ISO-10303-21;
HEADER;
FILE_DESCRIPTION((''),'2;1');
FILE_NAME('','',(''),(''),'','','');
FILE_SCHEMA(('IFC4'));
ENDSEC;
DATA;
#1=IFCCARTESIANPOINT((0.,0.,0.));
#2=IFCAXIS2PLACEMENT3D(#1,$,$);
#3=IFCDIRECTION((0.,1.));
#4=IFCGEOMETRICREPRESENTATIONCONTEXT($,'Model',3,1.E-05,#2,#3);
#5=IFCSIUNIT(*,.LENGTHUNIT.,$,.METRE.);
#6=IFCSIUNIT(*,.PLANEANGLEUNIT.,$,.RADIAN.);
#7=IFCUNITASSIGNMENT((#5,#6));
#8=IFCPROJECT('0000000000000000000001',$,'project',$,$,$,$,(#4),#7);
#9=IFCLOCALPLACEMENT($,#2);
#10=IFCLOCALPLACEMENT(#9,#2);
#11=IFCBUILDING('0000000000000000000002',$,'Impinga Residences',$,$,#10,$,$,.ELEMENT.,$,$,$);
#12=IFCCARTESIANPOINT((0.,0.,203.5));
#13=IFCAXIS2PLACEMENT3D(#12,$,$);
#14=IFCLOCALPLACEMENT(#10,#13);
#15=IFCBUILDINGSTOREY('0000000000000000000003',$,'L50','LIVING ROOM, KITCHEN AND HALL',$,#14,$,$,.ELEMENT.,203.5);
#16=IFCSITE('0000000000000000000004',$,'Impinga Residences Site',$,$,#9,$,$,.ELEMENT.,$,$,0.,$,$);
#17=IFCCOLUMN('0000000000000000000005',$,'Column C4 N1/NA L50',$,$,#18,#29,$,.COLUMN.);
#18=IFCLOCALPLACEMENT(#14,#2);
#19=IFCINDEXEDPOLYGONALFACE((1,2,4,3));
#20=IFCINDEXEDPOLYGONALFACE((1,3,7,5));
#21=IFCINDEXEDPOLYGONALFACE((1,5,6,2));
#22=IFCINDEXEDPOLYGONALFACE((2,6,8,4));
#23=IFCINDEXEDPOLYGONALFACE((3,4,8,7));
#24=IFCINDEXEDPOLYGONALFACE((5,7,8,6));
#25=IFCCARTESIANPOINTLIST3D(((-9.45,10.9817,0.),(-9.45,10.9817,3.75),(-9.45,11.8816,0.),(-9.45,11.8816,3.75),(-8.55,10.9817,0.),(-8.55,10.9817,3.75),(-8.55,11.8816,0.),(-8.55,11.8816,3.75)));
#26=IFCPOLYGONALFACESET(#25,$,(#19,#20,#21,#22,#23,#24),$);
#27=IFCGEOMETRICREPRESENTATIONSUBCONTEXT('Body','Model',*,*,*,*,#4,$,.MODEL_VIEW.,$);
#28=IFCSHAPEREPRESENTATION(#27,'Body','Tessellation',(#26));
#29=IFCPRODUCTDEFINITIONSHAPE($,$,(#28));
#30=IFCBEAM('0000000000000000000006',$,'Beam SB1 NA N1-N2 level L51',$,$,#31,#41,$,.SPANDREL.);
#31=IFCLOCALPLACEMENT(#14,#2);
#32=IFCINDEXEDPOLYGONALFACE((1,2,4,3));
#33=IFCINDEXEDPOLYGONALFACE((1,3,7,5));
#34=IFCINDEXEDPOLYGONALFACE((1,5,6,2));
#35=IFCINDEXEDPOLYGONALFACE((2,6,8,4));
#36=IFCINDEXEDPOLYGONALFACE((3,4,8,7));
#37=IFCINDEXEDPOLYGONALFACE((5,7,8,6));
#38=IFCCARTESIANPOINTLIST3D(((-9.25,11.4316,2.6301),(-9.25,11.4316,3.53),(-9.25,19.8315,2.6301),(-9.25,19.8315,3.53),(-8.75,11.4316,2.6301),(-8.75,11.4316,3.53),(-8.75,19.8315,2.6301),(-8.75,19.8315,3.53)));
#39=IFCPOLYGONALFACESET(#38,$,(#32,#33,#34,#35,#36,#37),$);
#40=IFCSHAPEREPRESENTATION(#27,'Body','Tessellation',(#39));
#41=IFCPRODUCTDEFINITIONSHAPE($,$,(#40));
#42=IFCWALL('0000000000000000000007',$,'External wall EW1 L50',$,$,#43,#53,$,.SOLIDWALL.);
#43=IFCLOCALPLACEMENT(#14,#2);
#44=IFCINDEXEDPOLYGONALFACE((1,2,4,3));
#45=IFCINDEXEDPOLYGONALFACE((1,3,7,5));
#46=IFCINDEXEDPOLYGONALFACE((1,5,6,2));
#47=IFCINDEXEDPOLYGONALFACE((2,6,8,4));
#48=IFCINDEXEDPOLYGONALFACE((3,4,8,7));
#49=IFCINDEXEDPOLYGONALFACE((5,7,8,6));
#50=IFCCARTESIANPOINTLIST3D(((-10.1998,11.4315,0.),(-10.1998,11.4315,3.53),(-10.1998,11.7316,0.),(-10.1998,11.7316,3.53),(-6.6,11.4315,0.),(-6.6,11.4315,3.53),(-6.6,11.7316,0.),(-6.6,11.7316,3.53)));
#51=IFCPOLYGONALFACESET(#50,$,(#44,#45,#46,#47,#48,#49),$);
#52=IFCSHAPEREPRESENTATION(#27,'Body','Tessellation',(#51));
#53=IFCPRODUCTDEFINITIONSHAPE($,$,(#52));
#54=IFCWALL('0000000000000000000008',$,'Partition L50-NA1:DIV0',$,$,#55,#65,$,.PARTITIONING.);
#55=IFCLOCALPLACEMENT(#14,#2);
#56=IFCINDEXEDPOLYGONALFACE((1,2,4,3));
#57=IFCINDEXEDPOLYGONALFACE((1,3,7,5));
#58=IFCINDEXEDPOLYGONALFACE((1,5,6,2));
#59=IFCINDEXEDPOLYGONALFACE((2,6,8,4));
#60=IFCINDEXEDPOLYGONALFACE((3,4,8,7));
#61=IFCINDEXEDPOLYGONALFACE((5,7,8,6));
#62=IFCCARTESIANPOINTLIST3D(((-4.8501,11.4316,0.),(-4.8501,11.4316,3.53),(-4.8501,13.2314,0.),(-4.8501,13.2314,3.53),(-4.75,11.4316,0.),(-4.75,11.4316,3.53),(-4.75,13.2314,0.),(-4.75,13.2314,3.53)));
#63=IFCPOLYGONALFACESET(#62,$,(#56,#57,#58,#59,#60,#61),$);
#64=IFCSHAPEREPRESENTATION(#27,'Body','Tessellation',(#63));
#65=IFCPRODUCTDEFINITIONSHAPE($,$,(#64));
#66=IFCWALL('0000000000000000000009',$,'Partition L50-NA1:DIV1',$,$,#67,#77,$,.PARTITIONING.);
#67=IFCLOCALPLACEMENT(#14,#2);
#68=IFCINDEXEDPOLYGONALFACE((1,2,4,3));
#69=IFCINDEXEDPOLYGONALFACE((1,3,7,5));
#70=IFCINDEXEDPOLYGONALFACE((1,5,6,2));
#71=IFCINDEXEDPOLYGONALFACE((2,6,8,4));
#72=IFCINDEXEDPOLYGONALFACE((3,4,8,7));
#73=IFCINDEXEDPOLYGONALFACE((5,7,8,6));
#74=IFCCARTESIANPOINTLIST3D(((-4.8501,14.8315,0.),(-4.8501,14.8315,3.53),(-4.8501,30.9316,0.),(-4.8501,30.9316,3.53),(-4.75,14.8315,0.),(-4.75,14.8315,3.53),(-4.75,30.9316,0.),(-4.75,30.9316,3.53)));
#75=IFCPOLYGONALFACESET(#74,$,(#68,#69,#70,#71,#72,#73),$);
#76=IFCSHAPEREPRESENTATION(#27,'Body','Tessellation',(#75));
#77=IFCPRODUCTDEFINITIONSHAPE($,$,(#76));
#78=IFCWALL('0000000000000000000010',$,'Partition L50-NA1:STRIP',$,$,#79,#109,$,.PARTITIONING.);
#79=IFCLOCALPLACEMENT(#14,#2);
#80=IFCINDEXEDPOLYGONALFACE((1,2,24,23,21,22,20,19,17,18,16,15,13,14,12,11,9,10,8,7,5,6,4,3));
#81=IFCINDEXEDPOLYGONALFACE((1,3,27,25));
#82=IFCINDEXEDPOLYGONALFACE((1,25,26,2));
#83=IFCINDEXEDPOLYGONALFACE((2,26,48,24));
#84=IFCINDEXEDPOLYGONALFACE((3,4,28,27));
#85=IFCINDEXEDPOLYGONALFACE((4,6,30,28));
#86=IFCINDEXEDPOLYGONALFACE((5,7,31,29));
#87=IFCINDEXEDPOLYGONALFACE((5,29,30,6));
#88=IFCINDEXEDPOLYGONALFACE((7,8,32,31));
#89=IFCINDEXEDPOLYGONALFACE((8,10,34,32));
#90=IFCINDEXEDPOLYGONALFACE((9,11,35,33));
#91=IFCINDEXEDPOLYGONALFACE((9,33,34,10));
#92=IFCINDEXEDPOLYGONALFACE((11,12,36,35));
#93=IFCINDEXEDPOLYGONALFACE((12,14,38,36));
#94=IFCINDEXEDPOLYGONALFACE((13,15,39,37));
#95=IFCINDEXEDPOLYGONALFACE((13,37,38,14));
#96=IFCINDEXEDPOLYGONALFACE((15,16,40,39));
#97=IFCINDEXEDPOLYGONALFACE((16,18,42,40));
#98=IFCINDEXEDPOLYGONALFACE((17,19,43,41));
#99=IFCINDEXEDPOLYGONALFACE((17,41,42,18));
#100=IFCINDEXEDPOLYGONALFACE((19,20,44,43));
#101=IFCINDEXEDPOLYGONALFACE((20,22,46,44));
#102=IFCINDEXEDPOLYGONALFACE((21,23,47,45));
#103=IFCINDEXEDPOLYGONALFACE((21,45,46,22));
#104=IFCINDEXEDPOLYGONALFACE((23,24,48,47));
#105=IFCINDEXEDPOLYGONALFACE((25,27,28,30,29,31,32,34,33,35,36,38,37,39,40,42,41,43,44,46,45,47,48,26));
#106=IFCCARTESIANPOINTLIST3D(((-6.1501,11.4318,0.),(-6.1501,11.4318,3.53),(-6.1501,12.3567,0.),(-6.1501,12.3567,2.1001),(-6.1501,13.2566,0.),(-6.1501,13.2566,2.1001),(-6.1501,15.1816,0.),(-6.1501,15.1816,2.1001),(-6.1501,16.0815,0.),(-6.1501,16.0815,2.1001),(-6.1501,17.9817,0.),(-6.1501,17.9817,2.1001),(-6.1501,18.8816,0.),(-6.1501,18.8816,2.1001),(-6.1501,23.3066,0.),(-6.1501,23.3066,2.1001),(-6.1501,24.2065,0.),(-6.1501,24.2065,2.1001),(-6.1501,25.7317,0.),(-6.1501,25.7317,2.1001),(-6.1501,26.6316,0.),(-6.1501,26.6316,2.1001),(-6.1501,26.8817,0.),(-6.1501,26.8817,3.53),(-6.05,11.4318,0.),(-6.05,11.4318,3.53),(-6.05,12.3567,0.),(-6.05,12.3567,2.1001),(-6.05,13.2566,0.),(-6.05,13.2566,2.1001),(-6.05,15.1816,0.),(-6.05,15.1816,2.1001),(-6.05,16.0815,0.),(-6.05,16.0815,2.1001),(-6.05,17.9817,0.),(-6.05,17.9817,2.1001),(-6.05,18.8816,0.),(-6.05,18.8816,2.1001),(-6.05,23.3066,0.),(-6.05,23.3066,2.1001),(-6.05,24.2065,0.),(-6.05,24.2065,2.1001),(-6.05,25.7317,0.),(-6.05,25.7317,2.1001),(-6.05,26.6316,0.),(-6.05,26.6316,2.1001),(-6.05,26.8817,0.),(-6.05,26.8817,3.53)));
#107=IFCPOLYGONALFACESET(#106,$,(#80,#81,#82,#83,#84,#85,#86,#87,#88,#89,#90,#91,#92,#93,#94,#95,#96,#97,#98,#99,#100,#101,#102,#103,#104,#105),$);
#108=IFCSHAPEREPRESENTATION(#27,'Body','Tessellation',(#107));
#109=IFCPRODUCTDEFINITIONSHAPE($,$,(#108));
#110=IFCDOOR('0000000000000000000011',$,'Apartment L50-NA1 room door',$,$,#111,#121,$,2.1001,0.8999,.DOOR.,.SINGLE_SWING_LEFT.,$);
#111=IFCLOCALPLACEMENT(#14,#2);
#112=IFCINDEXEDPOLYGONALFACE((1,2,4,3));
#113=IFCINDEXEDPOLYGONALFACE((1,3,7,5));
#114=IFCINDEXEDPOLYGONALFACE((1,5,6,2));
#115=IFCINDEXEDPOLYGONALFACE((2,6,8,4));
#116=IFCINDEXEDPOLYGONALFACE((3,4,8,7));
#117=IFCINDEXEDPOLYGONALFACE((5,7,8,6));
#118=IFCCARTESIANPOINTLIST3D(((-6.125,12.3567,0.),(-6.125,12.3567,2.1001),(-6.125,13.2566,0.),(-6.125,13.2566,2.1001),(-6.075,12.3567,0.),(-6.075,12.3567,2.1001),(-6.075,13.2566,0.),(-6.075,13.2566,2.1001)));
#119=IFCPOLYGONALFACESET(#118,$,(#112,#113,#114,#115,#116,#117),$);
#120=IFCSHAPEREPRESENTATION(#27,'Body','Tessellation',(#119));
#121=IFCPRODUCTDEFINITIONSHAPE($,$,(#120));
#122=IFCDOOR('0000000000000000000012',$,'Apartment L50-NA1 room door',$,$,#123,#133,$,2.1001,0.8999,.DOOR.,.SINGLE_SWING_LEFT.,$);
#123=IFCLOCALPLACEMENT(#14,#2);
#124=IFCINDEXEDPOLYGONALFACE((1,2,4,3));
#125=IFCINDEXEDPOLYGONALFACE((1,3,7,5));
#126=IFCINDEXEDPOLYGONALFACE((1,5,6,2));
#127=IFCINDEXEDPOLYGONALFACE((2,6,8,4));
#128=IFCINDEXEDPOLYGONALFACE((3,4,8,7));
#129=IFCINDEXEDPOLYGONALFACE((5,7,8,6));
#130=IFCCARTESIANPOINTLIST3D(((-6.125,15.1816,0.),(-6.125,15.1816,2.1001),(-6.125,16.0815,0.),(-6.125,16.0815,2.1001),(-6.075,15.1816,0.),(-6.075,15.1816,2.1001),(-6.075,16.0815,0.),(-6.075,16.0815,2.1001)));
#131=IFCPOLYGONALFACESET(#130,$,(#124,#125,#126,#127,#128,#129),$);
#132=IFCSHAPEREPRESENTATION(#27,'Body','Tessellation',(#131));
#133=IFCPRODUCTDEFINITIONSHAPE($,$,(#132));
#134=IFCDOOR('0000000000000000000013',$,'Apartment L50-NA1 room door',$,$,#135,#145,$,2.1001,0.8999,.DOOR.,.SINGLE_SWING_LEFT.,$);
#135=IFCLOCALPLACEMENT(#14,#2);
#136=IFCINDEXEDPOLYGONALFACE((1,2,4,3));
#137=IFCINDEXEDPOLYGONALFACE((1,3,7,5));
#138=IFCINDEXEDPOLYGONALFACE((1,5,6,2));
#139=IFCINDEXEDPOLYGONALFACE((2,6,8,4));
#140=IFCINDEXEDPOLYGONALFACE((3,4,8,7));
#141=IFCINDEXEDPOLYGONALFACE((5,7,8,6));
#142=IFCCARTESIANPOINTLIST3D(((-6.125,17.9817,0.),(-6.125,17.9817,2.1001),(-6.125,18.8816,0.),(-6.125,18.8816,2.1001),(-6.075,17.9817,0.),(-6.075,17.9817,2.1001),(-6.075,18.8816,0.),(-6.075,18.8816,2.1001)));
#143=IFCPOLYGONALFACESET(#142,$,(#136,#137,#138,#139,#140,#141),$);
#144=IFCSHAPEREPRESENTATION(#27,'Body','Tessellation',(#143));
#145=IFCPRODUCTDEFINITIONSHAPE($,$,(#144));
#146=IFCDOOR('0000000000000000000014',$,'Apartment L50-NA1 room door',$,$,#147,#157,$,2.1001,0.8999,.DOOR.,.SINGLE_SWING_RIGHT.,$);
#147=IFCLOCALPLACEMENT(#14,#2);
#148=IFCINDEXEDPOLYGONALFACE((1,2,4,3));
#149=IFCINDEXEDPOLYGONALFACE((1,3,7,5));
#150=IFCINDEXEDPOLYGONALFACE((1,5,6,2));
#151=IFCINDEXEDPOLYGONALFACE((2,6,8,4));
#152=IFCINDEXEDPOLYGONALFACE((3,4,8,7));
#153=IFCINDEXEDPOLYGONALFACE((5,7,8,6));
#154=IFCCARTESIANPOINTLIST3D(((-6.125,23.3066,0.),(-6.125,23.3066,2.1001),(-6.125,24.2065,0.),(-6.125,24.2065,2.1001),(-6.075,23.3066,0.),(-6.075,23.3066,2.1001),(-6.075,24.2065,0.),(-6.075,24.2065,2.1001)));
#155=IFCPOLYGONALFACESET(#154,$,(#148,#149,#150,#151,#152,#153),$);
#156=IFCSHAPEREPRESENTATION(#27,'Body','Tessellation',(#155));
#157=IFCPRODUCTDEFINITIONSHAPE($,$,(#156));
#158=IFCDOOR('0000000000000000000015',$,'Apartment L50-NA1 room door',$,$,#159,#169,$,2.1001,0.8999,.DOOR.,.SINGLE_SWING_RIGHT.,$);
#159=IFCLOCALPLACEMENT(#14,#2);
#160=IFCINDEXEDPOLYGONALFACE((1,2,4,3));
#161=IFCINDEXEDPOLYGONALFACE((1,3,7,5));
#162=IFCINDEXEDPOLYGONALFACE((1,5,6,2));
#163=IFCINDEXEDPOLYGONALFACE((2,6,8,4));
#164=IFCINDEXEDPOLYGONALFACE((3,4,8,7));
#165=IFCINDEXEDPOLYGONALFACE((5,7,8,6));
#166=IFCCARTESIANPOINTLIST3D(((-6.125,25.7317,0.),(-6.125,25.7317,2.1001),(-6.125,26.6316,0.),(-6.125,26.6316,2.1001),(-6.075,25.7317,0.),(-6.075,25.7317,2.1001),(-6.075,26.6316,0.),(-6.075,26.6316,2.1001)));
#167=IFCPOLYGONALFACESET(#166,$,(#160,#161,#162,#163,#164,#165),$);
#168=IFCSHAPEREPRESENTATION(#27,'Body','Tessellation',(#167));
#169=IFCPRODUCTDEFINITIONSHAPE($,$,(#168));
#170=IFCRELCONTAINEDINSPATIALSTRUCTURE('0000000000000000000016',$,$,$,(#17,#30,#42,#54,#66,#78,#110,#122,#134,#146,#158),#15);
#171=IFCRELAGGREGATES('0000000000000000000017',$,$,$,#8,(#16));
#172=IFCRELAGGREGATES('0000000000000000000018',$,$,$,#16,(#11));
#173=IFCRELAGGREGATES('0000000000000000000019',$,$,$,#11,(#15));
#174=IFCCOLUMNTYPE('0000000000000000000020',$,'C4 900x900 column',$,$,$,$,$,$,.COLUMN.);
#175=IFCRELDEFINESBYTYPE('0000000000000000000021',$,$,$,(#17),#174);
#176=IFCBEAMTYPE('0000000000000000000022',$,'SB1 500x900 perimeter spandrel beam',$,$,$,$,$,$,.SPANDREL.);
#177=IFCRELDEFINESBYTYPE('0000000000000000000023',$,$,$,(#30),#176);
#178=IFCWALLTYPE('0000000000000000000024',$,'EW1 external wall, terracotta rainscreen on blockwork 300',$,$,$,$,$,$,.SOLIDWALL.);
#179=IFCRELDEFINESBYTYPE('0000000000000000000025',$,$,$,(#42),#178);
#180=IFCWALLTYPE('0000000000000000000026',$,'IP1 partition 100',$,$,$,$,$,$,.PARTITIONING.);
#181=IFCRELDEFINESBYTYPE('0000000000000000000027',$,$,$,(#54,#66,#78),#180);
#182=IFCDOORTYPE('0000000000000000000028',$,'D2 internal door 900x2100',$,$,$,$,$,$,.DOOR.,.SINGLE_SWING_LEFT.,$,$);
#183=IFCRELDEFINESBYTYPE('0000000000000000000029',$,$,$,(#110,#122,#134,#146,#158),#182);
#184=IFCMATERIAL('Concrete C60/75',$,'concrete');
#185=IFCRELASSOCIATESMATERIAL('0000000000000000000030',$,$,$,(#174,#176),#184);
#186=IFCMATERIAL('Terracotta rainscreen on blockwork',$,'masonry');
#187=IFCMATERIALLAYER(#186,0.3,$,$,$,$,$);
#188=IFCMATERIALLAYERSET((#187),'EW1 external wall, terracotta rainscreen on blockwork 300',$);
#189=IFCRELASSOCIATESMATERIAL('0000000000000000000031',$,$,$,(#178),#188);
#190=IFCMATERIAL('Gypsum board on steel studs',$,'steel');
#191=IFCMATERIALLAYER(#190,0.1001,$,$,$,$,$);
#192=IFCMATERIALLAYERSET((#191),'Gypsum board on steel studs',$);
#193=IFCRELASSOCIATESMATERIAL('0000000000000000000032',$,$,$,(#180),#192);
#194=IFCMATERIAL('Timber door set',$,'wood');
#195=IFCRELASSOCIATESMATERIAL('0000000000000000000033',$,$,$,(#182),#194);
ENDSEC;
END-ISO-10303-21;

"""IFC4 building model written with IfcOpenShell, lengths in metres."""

from ifc_helpers import new_model, si_unit, direction, frame, frame_2d, origin, origin_2d, place, context, subcontext, project, spatial, rectangle, extrude, material, layer, layer_set, material_profile, profile_set, type_object, element, fill, save


model = new_model("IFC4")

# Units and contexts
model_context = context("Model", 3, precision=1e-05, world=origin(), true_north=direction((0.0, 1.0)))
body_context = subcontext(model_context, "Body", "Model", "MODEL_VIEW")
ifc_project = project(units=[si_unit("LENGTHUNIT", "METRE"), si_unit("PLANEANGLEUNIT", "RADIAN")], contexts=[model_context])

# Site, building, storey
site_placement = place(None, origin())
site = spatial("IfcSite", under=ifc_project, at=site_placement, Name="Impinga Residences Site", CompositionType="ELEMENT", RefElevation=0.0)
building_placement = place(site_placement, origin())
building = spatial("IfcBuilding", under=site, at=building_placement, Name="Impinga Residences", CompositionType="ELEMENT")
storey_placement = place(building_placement, frame((0.0, 0.0, 203.5)))
storey = spatial("IfcBuildingStorey", under=building, at=storey_placement, Name="L50", Description="LIVING ROOM, KITCHEN AND HALL", CompositionType="ELEMENT", Elevation=203.5)

# Column
ifc_material_1 = material(Name="Concrete C60/75", Category="concrete")
ifc_material_profile_1 = material_profile(ifc_material_1, rectangle(XDim=0.8999, YDim=0.8999, at=origin_2d()), Name="RC 900x900")
ifc_profile_set_1 = profile_set([ifc_material_profile_1], Name="Concrete C60/75")
column_type = type_object("IfcColumnType", Name="C4 900x900 column", PredefinedType="COLUMN", material=ifc_profile_set_1)
column_placement = place(storey_placement, frame((-9.0, 11.4316, 0.0), z_axis=(0.0, 0.0, 1.0), x_axis=(1.0, 0.0, 0.0)))
element("IfcColumn", 1, at=column_placement, inside=storey, type_object=column_type, Name="Column C4 N1/NA L50", PredefinedType="COLUMN", context=body_context, shape_type="SweptSolid", body=[
    extrude(rectangle(XDim=0.8999, YDim=0.8999, at=origin_2d()), origin(), (0.0, 0.0, 1.0), 3.75),
])

# Beam
ifc_material_profile_2 = material_profile(ifc_material_1, rectangle(XDim=0.5, YDim=0.8999, at=origin_2d()), Name="RC 500x900")
ifc_profile_set_2 = profile_set([ifc_material_profile_2], Name="Concrete C60/75")
beam_type = type_object("IfcBeamType", Name="SB1 500x900 perimeter spandrel beam", PredefinedType="SPANDREL", material=ifc_profile_set_2)
beam_placement = place(storey_placement, frame((-9.0, 11.4316, 3.0801), z_axis=(0.0, 1.0, 0.0), x_axis=(-1.0, 0.0, 0.0)))
element("IfcBeam", 2, at=beam_placement, inside=storey, type_object=beam_type, Name="Beam SB1 NA N1-N2 level L51", PredefinedType="SPANDREL", context=body_context, shape_type="SweptSolid", body=[
    extrude(rectangle(XDim=0.5, YDim=0.8999, at=origin_2d()), origin(), (0.0, 0.0, 1.0), 8.3999),
])

# Walls
ifc_material_2 = material(Name="Terracotta rainscreen on blockwork", Category="masonry")
ifc_layer_1 = layer(ifc_material_2, 0.3)
ifc_layer_set_1 = layer_set([ifc_layer_1], Name="EW1 external wall, terracotta rainscreen on blockwork 300")
wall_type_1 = type_object("IfcWallType", Name="EW1 external wall, terracotta rainscreen on blockwork 300", PredefinedType="SOLIDWALL", material=ifc_layer_set_1)
wall_1_placement = place(storey_placement, frame((-6.6001, 11.5815, 0.0), z_axis=(0.0, 0.0, 1.0), x_axis=(-1.0, 0.0, 0.0)))
element("IfcWall", 3, at=wall_1_placement, inside=storey, type_object=wall_type_1, Name="External wall EW1 L50", PredefinedType="SOLIDWALL", context=body_context, shape_type="SweptSolid", body=[
    extrude(rectangle(XDim=3.5999, YDim=0.3, at=frame_2d((1.7998, 0.0))), origin(), (0.0, 0.0, 1.0), 3.53),
])
ifc_material_3 = material(Name="Gypsum board on steel studs", Category="steel")
ifc_layer_2 = layer(ifc_material_3, 0.1001)
ifc_layer_set_2 = layer_set([ifc_layer_2], Name="Gypsum board on steel studs")
wall_type_2 = type_object("IfcWallType", Name="IP1 partition 100", PredefinedType="PARTITIONING", material=ifc_layer_set_2)
wall_2_placement = place(storey_placement, frame((-4.8, 11.4316, 0.0), z_axis=(0.0, 0.0, 1.0), x_axis=(0.0, 1.0, 0.0)))
element("IfcWall", 4, at=wall_2_placement, inside=storey, type_object=wall_type_2, Name="Partition L50-NA1:DIV0", PredefinedType="PARTITIONING", context=body_context, shape_type="SweptSolid", body=[
    extrude(rectangle(XDim=1.7998, YDim=0.1001, at=frame_2d((0.8999, 0.0))), origin(), (0.0, 0.0, 1.0), 3.53),
])
wall_3_placement = place(storey_placement, frame((-4.8, 14.8315, 0.0), z_axis=(0.0, 0.0, 1.0), x_axis=(0.0, 1.0, 0.0)))
element("IfcWall", 5, at=wall_3_placement, inside=storey, type_object=wall_type_2, Name="Partition L50-NA1:DIV1", PredefinedType="PARTITIONING", context=body_context, shape_type="SweptSolid", body=[
    extrude(rectangle(XDim=16.1001, YDim=0.1001, at=frame_2d((8.05, 0.0))), origin(), (0.0, 0.0, 1.0), 3.53),
])

# Wall, openings, doors
wall_4_placement = place(storey_placement, frame((-6.1001, 11.4316, 0.0), z_axis=(0.0, 0.0, 1.0), x_axis=(0.0, 1.0, 0.0)))
wall_4 = element("IfcWall", 6, at=wall_4_placement, inside=storey, type_object=wall_type_2, Name="Partition L50-NA1:STRIP", PredefinedType="PARTITIONING", context=body_context, shape_type="SweptSolid", body=[
    extrude(rectangle(XDim=15.45, YDim=0.1001, at=frame_2d((7.7251, 0.0))), origin(), (0.0, 0.0, 1.0), 3.53),
])
opening_1_placement = place(wall_4_placement, frame((0.925, 0.0, 0.0)))
opening_1 = element("IfcOpeningElement", 7, at=opening_1_placement, cuts=wall_4, PredefinedType="OPENING", context=body_context, shape_type="SweptSolid", body=[
    extrude(rectangle(XDim=0.8999, YDim=2.1001, at=frame_2d((0.45, 1.05))), frame((0.0, 0.0601, 0.0), z_axis=(0.0, -1.0, 0.0), x_axis=(1.0, 0.0, 0.0)), (0.0, 0.0, 1.0), 0.1201),
])
opening_2_placement = place(wall_4_placement, frame((3.75, 0.0, 0.0)))
opening_2 = element("IfcOpeningElement", 8, at=opening_2_placement, cuts=wall_4, PredefinedType="OPENING", context=body_context, shape_type="SweptSolid", body=[
    extrude(rectangle(XDim=0.8999, YDim=2.1001, at=frame_2d((0.45, 1.05))), frame((0.0, 0.0601, 0.0), z_axis=(0.0, -1.0, 0.0), x_axis=(1.0, 0.0, 0.0)), (0.0, 0.0, 1.0), 0.1201),
])
opening_3_placement = place(wall_4_placement, frame((6.55, 0.0, 0.0)))
opening_3 = element("IfcOpeningElement", 9, at=opening_3_placement, cuts=wall_4, PredefinedType="OPENING", context=body_context, shape_type="SweptSolid", body=[
    extrude(rectangle(XDim=0.8999, YDim=2.1001, at=frame_2d((0.45, 1.05))), frame((0.0, 0.0601, 0.0), z_axis=(0.0, -1.0, 0.0), x_axis=(1.0, 0.0, 0.0)), (0.0, 0.0, 1.0), 0.1201),
])
opening_4_placement = place(wall_4_placement, frame((11.875, 0.0, 0.0)))
opening_4 = element("IfcOpeningElement", 10, at=opening_4_placement, cuts=wall_4, PredefinedType="OPENING", context=body_context, shape_type="SweptSolid", body=[
    extrude(rectangle(XDim=0.8999, YDim=2.1001, at=frame_2d((0.45, 1.05))), frame((0.0, 0.0601, 0.0), z_axis=(0.0, -1.0, 0.0), x_axis=(1.0, 0.0, 0.0)), (0.0, 0.0, 1.0), 0.1201),
])
opening_5_placement = place(wall_4_placement, frame((14.3, 0.0, 0.0)))
opening_5 = element("IfcOpeningElement", 11, at=opening_5_placement, cuts=wall_4, PredefinedType="OPENING", context=body_context, shape_type="SweptSolid", body=[
    extrude(rectangle(XDim=0.8999, YDim=2.1001, at=frame_2d((0.45, 1.05))), frame((0.0, 0.0601, 0.0), z_axis=(0.0, -1.0, 0.0), x_axis=(1.0, 0.0, 0.0)), (0.0, 0.0, 1.0), 0.1201),
])
ifc_material_4 = material(Name="Timber door set", Category="wood")
door_type = type_object("IfcDoorType", Name="D2 internal door 900x2100", OperationType="SINGLE_SWING_LEFT", PredefinedType="DOOR", material=ifc_material_4)
door_1_placement = place(opening_1_placement, origin())
door_1 = element("IfcDoor", 12, at=door_1_placement, inside=storey, type_object=door_type, Name="Apartment L50-NA1 room door", OperationType="SINGLE_SWING_LEFT", OverallHeight=2.1001, OverallWidth=0.8999, PredefinedType="DOOR", context=body_context, shape_type="SweptSolid", body=[
    extrude(rectangle(XDim=0.8999, YDim=2.1001, at=frame_2d((0.45, 1.05))), frame((0.0, 0.0249, 0.0), z_axis=(0.0, -1.0, 0.0), x_axis=(1.0, 0.0, 0.0)), (0.0, 0.0, 1.0), 0.05),
])
fill(opening_1, door_1)
door_2_placement = place(opening_2_placement, origin())
door_2 = element("IfcDoor", 13, at=door_2_placement, inside=storey, type_object=door_type, Name="Apartment L50-NA1 room door", OperationType="SINGLE_SWING_LEFT", OverallHeight=2.1001, OverallWidth=0.8999, PredefinedType="DOOR", context=body_context, shape_type="SweptSolid", body=[
    extrude(rectangle(XDim=0.8999, YDim=2.1001, at=frame_2d((0.45, 1.05))), frame((0.0, 0.0249, 0.0), z_axis=(0.0, -1.0, 0.0), x_axis=(1.0, 0.0, 0.0)), (0.0, 0.0, 1.0), 0.05),
])
fill(opening_2, door_2)
door_3_placement = place(opening_3_placement, origin())
door_3 = element("IfcDoor", 14, at=door_3_placement, inside=storey, type_object=door_type, Name="Apartment L50-NA1 room door", OperationType="SINGLE_SWING_LEFT", OverallHeight=2.1001, OverallWidth=0.8999, PredefinedType="DOOR", context=body_context, shape_type="SweptSolid", body=[
    extrude(rectangle(XDim=0.8999, YDim=2.1001, at=frame_2d((0.45, 1.05))), frame((0.0, 0.0249, 0.0), z_axis=(0.0, -1.0, 0.0), x_axis=(1.0, 0.0, 0.0)), (0.0, 0.0, 1.0), 0.05),
])
fill(opening_3, door_3)
door_4_placement = place(opening_4_placement, origin())
door_4 = element("IfcDoor", 15, at=door_4_placement, inside=storey, type_object=door_type, Name="Apartment L50-NA1 room door", OperationType="SINGLE_SWING_RIGHT", OverallHeight=2.1001, OverallWidth=0.8999, PredefinedType="DOOR", context=body_context, shape_type="SweptSolid", body=[
    extrude(rectangle(XDim=0.8999, YDim=2.1001, at=frame_2d((0.45, 1.05))), frame((0.0, 0.0249, 0.0), z_axis=(0.0, -1.0, 0.0), x_axis=(1.0, 0.0, 0.0)), (0.0, 0.0, 1.0), 0.05),
])
fill(opening_4, door_4)
door_5_placement = place(opening_5_placement, origin())
door_5 = element("IfcDoor", 16, at=door_5_placement, inside=storey, type_object=door_type, Name="Apartment L50-NA1 room door", OperationType="SINGLE_SWING_RIGHT", OverallHeight=2.1001, OverallWidth=0.8999, PredefinedType="DOOR", context=body_context, shape_type="SweptSolid", body=[
    extrude(rectangle(XDim=0.8999, YDim=2.1001, at=frame_2d((0.45, 1.05))), frame((0.0, 0.0249, 0.0), z_axis=(0.0, -1.0, 0.0), x_axis=(1.0, 0.0, 0.0)), (0.0, 0.0, 1.0), 0.05),
])
fill(opening_5, door_5)

save(model, "model.ifc")
